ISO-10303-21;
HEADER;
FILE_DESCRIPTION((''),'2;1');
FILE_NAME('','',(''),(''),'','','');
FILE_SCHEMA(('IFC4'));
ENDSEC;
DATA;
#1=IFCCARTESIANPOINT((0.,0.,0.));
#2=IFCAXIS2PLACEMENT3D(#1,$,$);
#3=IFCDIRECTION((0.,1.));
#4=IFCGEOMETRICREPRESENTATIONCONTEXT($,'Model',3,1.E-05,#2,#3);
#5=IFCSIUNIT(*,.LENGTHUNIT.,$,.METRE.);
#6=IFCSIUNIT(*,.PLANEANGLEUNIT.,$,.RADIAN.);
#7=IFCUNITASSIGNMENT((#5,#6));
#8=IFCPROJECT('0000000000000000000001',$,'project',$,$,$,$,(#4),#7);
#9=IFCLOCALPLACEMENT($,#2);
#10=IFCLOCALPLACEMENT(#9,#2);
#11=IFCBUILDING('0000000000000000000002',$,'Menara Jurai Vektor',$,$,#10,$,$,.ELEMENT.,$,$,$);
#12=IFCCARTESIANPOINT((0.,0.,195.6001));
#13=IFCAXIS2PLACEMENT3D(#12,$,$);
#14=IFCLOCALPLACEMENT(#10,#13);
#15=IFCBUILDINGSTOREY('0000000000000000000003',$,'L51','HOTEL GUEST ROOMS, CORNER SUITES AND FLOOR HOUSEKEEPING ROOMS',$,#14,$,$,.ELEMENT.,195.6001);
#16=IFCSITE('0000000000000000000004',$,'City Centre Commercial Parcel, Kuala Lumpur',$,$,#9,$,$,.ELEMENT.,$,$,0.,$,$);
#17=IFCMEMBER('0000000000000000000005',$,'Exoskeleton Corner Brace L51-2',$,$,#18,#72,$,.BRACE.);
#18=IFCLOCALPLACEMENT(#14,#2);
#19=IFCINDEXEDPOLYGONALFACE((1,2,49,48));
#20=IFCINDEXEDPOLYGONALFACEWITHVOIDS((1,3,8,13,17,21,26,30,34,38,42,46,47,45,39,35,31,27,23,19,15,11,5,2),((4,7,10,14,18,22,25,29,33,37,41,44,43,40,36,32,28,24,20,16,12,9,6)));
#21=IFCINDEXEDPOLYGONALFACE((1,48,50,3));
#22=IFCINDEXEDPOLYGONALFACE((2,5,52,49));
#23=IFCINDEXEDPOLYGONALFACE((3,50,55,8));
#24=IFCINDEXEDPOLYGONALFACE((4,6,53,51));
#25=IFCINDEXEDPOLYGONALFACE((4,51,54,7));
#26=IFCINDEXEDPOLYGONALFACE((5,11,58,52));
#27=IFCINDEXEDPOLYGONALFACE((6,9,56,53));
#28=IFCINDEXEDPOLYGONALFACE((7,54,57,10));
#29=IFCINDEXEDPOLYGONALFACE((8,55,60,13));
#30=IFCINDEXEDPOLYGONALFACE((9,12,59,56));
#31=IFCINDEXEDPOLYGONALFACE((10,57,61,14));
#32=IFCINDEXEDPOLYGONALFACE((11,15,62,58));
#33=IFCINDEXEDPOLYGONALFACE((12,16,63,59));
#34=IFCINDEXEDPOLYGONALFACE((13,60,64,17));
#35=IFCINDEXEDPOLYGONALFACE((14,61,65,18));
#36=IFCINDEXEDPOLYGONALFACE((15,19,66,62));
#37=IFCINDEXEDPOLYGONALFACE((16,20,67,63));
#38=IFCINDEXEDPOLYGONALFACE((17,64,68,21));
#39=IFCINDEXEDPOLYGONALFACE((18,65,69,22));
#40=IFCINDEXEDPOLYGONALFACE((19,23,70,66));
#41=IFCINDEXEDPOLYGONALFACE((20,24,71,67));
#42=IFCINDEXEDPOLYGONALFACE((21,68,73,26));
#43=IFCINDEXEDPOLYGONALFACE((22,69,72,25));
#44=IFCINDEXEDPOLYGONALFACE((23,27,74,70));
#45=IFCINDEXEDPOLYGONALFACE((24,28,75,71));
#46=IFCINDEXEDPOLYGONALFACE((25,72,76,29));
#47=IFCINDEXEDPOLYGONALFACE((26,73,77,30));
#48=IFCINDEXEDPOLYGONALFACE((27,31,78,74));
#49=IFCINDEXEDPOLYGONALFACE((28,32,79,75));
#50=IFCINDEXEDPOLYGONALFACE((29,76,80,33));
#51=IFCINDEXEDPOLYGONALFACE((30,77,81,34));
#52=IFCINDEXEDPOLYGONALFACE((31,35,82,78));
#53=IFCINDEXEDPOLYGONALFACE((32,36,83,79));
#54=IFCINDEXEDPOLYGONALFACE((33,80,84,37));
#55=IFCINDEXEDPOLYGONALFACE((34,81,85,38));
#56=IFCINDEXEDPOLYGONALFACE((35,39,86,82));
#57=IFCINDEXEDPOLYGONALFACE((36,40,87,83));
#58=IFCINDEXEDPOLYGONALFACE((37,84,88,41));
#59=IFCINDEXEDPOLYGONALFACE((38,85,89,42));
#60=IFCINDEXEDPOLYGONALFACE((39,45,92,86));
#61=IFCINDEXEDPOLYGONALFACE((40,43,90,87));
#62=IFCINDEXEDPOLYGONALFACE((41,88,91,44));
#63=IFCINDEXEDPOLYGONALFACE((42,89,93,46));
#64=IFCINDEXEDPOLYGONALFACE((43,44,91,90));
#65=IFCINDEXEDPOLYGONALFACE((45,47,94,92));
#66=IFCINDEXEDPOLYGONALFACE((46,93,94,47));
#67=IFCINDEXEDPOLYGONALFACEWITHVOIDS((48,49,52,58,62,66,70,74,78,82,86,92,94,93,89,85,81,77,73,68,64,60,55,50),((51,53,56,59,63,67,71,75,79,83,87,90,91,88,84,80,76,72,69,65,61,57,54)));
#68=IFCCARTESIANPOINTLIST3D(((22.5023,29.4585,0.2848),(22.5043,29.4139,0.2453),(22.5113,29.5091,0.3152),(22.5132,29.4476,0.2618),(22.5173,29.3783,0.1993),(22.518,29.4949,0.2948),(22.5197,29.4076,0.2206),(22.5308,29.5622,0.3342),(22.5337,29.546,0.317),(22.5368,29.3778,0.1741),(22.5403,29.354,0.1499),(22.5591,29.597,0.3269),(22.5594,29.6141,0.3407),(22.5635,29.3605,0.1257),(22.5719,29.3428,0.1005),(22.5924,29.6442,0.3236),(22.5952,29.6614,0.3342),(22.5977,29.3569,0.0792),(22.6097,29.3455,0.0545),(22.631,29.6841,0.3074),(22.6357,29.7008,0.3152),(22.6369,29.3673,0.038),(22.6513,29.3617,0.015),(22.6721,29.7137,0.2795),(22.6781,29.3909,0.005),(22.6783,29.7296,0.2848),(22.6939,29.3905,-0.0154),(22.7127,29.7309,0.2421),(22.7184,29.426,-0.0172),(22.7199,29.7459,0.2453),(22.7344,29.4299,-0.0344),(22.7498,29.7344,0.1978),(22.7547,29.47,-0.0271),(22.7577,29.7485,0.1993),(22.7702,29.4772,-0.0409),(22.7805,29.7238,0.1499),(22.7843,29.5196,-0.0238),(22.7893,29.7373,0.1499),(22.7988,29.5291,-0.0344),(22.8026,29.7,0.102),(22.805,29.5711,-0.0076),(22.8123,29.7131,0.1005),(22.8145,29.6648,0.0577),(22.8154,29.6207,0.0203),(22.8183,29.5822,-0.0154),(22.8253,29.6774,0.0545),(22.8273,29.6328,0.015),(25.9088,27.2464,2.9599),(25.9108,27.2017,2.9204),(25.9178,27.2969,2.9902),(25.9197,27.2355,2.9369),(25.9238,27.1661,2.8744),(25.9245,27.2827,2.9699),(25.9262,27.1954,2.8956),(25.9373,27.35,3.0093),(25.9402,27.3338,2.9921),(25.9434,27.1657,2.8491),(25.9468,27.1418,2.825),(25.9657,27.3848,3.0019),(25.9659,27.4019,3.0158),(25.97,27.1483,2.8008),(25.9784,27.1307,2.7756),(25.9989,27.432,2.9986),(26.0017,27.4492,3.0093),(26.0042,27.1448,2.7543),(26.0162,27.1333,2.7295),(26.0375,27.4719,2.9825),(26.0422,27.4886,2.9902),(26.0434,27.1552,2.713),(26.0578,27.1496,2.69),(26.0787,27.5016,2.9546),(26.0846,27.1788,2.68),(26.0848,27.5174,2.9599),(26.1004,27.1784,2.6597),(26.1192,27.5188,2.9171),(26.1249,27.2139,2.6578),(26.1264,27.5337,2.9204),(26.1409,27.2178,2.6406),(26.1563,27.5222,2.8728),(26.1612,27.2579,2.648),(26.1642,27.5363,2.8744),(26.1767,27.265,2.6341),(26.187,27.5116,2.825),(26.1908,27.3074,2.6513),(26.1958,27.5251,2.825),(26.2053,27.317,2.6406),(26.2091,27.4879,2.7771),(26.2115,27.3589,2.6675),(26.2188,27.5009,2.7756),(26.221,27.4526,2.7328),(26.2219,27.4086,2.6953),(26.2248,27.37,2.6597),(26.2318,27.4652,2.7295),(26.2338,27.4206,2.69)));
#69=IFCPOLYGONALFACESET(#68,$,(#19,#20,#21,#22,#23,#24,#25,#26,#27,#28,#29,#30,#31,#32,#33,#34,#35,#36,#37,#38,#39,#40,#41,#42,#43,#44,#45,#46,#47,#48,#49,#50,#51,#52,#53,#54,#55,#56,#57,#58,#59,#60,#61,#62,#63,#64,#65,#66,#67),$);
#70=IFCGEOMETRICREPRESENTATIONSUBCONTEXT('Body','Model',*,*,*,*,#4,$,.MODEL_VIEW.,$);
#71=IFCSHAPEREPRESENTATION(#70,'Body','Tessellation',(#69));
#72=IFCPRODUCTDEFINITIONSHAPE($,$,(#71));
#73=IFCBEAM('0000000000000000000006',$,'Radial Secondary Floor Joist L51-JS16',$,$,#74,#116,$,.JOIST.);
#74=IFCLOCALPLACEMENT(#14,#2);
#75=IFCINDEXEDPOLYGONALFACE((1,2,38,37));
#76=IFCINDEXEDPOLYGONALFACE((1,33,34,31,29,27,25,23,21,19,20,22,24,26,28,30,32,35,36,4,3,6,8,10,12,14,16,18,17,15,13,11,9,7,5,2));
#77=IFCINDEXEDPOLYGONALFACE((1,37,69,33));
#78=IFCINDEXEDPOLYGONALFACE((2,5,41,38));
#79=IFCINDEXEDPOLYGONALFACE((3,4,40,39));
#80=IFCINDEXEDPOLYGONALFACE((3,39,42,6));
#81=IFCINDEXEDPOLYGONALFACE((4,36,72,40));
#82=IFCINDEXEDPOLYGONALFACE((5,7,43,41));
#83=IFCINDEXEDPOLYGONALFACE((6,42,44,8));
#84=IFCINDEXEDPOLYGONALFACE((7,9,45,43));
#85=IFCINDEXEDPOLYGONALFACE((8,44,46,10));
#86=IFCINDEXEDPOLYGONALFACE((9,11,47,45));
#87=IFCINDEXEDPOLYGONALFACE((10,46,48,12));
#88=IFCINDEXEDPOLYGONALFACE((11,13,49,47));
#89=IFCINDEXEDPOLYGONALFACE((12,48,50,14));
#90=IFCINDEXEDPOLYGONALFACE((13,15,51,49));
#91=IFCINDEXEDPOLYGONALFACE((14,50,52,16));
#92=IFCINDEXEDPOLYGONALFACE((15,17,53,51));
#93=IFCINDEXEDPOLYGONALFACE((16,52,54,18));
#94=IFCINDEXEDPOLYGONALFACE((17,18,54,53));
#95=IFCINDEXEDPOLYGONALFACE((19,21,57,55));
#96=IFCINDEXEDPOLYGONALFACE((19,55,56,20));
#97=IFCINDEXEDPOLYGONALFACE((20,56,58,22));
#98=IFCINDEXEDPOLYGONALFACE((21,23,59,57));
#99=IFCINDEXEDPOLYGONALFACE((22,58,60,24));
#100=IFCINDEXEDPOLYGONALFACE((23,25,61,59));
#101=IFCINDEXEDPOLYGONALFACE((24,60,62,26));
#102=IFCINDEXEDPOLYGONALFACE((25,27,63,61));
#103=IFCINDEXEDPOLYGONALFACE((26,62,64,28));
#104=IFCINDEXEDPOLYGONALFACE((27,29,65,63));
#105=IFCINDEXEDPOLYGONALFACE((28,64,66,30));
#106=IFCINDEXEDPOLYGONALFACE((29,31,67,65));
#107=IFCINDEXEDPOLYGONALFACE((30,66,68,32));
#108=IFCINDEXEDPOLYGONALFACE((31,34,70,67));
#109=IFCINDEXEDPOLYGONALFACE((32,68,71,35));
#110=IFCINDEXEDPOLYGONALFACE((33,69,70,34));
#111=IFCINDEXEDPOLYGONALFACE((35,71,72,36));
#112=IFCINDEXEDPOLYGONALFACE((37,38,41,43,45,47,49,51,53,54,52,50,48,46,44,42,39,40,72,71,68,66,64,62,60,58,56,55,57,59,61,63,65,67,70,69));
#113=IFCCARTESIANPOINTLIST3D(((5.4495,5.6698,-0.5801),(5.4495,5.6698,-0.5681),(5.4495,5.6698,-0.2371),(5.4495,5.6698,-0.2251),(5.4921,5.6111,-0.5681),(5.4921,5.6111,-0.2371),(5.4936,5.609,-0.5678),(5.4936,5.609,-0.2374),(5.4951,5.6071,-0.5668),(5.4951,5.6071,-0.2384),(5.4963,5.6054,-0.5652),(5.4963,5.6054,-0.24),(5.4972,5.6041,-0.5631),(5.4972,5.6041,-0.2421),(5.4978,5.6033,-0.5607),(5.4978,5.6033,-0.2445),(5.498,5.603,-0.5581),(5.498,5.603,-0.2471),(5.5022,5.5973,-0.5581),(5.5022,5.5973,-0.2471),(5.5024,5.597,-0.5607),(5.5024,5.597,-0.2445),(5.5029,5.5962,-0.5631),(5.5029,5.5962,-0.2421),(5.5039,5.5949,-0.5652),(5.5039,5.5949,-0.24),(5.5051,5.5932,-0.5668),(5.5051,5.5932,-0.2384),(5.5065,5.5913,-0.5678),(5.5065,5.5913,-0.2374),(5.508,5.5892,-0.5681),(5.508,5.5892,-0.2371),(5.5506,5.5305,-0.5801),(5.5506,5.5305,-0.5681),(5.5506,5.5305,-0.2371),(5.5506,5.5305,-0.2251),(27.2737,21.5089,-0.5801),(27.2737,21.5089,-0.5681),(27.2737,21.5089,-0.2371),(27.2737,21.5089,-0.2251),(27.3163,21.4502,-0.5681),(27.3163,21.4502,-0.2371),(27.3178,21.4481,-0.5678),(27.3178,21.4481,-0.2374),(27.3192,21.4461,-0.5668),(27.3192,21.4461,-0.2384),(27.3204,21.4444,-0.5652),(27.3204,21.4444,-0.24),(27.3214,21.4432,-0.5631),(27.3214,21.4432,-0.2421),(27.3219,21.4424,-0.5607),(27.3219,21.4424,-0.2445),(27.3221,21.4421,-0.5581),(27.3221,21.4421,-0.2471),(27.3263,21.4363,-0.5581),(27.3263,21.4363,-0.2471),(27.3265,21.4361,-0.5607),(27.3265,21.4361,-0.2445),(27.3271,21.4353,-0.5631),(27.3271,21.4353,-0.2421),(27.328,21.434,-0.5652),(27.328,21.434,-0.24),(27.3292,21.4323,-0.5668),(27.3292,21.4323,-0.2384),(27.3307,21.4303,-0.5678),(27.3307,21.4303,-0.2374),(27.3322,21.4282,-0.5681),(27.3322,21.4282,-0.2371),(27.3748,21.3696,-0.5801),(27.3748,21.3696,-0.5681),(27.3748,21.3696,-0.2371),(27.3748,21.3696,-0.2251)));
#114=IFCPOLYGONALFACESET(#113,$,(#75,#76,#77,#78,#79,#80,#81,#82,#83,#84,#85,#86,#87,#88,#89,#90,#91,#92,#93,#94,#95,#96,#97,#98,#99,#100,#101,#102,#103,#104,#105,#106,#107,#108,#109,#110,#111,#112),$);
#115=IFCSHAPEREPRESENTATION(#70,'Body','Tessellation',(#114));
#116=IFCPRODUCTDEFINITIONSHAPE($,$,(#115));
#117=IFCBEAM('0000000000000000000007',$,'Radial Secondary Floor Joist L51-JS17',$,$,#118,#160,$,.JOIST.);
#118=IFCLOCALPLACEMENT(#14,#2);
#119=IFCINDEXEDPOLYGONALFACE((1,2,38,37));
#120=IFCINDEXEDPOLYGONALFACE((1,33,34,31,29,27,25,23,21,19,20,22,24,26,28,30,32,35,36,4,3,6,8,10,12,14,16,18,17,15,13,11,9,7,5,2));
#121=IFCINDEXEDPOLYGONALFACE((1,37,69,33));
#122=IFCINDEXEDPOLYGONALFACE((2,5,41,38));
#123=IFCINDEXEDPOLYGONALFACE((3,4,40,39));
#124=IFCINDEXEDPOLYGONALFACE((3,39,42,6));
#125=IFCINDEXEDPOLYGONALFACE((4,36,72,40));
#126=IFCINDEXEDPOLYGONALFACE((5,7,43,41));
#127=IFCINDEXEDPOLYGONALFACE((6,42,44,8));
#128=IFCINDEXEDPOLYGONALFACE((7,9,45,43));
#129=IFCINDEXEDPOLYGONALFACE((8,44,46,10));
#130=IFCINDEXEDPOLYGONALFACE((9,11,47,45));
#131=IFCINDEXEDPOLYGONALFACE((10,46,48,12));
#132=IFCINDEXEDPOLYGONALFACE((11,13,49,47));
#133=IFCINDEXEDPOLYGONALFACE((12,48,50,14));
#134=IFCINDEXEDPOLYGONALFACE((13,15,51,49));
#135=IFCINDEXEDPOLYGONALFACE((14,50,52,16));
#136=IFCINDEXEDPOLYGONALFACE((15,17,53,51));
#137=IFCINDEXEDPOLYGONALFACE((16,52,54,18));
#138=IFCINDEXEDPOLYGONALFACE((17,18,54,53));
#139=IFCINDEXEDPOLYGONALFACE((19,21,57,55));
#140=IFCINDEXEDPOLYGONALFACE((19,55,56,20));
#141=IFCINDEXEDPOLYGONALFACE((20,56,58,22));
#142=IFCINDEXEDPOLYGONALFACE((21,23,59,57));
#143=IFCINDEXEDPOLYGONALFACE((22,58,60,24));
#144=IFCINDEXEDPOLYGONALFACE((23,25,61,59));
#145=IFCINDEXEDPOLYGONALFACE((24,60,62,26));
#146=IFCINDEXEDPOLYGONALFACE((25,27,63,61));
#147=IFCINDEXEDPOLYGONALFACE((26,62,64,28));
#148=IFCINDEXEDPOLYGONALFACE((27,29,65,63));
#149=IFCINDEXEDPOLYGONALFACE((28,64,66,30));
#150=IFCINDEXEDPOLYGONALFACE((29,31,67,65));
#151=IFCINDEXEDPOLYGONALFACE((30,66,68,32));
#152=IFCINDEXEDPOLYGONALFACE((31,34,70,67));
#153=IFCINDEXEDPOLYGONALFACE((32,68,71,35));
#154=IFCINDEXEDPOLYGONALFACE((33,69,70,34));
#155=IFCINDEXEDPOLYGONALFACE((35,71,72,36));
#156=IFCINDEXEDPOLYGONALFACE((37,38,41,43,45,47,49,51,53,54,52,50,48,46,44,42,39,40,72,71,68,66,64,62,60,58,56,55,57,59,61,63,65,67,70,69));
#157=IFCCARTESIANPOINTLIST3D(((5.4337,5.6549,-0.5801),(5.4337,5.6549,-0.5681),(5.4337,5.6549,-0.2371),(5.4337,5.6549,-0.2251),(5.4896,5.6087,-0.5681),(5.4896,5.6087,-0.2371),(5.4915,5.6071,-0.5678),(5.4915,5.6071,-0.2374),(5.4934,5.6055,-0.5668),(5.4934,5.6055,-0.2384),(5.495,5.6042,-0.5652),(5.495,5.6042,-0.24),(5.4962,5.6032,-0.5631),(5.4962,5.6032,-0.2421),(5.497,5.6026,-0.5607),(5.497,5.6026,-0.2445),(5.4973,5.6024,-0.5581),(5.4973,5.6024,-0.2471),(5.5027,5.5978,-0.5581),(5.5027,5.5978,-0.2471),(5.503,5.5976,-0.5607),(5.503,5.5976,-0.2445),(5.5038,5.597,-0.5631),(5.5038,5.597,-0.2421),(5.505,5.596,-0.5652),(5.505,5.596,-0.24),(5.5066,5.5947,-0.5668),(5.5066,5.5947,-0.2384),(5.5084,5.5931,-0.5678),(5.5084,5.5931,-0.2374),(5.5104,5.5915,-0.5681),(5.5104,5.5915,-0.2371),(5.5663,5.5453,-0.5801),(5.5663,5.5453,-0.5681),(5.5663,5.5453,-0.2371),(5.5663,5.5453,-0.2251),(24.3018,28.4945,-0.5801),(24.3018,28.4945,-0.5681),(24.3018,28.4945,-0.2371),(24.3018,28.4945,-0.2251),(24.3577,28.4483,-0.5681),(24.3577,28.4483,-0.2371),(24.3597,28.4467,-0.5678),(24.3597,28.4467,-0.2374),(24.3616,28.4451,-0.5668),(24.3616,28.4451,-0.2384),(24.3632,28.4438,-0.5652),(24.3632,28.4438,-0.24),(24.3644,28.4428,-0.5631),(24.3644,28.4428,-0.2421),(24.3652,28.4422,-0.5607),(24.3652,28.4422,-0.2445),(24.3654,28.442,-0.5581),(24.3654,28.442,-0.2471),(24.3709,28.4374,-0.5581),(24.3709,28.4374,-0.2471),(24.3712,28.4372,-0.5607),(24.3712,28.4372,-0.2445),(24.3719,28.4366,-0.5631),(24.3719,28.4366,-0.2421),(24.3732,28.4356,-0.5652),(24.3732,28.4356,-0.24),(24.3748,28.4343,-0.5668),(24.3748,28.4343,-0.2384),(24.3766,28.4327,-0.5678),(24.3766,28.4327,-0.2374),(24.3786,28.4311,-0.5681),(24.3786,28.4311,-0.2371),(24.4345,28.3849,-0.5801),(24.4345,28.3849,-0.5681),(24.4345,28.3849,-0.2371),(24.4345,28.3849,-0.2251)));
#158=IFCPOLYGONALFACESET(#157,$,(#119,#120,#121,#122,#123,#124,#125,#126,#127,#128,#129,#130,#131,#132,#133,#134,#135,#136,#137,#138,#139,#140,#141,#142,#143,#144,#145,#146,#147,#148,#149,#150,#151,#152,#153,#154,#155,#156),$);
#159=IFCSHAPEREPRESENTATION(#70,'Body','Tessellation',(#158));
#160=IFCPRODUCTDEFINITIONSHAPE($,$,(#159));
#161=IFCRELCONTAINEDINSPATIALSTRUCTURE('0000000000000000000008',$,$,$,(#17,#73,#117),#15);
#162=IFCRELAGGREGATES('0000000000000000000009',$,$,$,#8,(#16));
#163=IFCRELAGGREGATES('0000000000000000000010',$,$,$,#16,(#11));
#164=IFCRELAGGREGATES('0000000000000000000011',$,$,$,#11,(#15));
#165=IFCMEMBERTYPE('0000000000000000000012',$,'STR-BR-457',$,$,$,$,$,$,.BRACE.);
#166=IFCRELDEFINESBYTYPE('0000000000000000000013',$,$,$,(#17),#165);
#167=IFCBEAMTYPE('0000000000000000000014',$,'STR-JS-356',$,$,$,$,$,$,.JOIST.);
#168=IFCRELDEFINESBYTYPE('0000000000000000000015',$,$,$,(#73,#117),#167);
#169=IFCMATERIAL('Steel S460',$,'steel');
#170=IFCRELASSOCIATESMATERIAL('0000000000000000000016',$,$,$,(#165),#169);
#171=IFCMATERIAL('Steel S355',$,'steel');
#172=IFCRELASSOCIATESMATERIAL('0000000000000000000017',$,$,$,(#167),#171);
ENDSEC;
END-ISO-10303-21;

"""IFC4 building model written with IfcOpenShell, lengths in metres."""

from ifc_helpers import new_model, si_unit, direction, frame, origin, origin_2d, place, context, subcontext, project, spatial, hollow_circle, i_section, extrude, material, material_profile, profile_set, type_object, element, save


model = new_model("IFC4")

# Units and contexts
model_context = context("Model", 3, precision=1e-05, world=origin(), true_north=direction((0.0, 1.0)))
body_context = subcontext(model_context, "Body", "Model", "MODEL_VIEW")
ifc_project = project(units=[si_unit("LENGTHUNIT", "METRE"), si_unit("PLANEANGLEUNIT", "RADIAN")], contexts=[model_context])

# Site, building, storey
site_placement = place(None, origin())
site = spatial("IfcSite", under=ifc_project, at=site_placement, Name="City Centre Commercial Parcel, Kuala Lumpur", CompositionType="ELEMENT", RefElevation=0.0)
building_placement = place(site_placement, origin())
building = spatial("IfcBuilding", under=site, at=building_placement, Name="Menara Jurai Vektor", CompositionType="ELEMENT")
storey_placement = place(building_placement, frame((0.0, 0.0, 195.6001)))
storey = spatial("IfcBuildingStorey", under=building, at=storey_placement, Name="L51", Description="HOTEL GUEST ROOMS, CORNER SUITES AND FLOOR HOUSEKEEPING ROOMS", CompositionType="ELEMENT", Elevation=195.6001)

# Shared definitions
ifc_material_1 = material(Name="Steel S460", Category="steel")

# Shared definitions
ifc_material_2 = material(Name="Steel S355", Category="steel")

# Member
ifc_material_profile_1 = material_profile(ifc_material_1, hollow_circle(Radius=0.2285, WallThickness=0.0161, at=origin_2d()), Name="CHS 457x16")
ifc_profile_set_1 = profile_set([ifc_material_profile_1], Name="Steel S460")
member_type_1 = type_object("IfcMemberType", Name="STR-BR-457", PredefinedType="BRACE", material=ifc_profile_set_1)
member_1_placement = place(storey_placement, frame((22.6648, 29.5457, 0.1499), z_axis=(0.700419, -0.454848, 0.550024), x_axis=(0.544631, 0.838676, 0.0)))
element("IfcMember", 1, at=member_1_placement, inside=storey, type_object=member_type_1, Name="Exoskeleton Corner Brace L51-2", PredefinedType="BRACE", context=body_context, shape_type="SweptSolid", body=[
    extrude(hollow_circle(Radius=0.2285, WallThickness=0.0161, at=origin_2d()), origin(), (0.0, 0.0, 1.0), 4.8635),
])

# Beams
ifc_material_profile_2 = material_profile(ifc_material_2, i_section(OverallWidth=0.1721, OverallDepth=0.355, WebThickness=0.0071, FlangeThickness=0.012, FilletRadius=0.01, at=origin_2d()), Name="UKB 356x171x51")
ifc_profile_set_2 = profile_set([ifc_material_profile_2], Name="Steel S355")
beam_type_1 = type_object("IfcBeamType", Name="STR-JS-356", PredefinedType="JOIST", material=ifc_profile_set_2)
beam_1_placement = place(storey_placement, frame((27.3242, 21.4392, -0.4026), z_axis=(-0.809319, -0.58737, 0.0), x_axis=(0.58737, -0.809319, 0.0)))
element("IfcBeam", 2, at=beam_1_placement, inside=storey, type_object=beam_type_1, Name="Radial Secondary Floor Joist L51-JS16", PredefinedType="JOIST", context=body_context, shape_type="SweptSolid", body=[
    extrude(i_section(OverallWidth=0.1721, OverallDepth=0.355, WebThickness=0.0071, FlangeThickness=0.012, FilletRadius=0.01, at=origin_2d()), origin(), (0.0, 0.0, 1.0), 26.9661),
])
beam_2_placement = place(storey_placement, frame((24.3682, 28.4397, -0.4026), z_axis=(-0.636895, -0.770951, 0.0), x_axis=(0.770951, -0.636895, 0.0)))
element("IfcBeam", 3, at=beam_2_placement, inside=storey, type_object=beam_type_1, Name="Radial Secondary Floor Joist L51-JS17", PredefinedType="JOIST", context=body_context, shape_type="SweptSolid", body=[
    extrude(i_section(OverallWidth=0.1721, OverallDepth=0.355, WebThickness=0.0071, FlangeThickness=0.012, FilletRadius=0.01, at=origin_2d()), origin(), (0.0, 0.0, 1.0), 29.6252),
])

save(model, "model.ifc")
